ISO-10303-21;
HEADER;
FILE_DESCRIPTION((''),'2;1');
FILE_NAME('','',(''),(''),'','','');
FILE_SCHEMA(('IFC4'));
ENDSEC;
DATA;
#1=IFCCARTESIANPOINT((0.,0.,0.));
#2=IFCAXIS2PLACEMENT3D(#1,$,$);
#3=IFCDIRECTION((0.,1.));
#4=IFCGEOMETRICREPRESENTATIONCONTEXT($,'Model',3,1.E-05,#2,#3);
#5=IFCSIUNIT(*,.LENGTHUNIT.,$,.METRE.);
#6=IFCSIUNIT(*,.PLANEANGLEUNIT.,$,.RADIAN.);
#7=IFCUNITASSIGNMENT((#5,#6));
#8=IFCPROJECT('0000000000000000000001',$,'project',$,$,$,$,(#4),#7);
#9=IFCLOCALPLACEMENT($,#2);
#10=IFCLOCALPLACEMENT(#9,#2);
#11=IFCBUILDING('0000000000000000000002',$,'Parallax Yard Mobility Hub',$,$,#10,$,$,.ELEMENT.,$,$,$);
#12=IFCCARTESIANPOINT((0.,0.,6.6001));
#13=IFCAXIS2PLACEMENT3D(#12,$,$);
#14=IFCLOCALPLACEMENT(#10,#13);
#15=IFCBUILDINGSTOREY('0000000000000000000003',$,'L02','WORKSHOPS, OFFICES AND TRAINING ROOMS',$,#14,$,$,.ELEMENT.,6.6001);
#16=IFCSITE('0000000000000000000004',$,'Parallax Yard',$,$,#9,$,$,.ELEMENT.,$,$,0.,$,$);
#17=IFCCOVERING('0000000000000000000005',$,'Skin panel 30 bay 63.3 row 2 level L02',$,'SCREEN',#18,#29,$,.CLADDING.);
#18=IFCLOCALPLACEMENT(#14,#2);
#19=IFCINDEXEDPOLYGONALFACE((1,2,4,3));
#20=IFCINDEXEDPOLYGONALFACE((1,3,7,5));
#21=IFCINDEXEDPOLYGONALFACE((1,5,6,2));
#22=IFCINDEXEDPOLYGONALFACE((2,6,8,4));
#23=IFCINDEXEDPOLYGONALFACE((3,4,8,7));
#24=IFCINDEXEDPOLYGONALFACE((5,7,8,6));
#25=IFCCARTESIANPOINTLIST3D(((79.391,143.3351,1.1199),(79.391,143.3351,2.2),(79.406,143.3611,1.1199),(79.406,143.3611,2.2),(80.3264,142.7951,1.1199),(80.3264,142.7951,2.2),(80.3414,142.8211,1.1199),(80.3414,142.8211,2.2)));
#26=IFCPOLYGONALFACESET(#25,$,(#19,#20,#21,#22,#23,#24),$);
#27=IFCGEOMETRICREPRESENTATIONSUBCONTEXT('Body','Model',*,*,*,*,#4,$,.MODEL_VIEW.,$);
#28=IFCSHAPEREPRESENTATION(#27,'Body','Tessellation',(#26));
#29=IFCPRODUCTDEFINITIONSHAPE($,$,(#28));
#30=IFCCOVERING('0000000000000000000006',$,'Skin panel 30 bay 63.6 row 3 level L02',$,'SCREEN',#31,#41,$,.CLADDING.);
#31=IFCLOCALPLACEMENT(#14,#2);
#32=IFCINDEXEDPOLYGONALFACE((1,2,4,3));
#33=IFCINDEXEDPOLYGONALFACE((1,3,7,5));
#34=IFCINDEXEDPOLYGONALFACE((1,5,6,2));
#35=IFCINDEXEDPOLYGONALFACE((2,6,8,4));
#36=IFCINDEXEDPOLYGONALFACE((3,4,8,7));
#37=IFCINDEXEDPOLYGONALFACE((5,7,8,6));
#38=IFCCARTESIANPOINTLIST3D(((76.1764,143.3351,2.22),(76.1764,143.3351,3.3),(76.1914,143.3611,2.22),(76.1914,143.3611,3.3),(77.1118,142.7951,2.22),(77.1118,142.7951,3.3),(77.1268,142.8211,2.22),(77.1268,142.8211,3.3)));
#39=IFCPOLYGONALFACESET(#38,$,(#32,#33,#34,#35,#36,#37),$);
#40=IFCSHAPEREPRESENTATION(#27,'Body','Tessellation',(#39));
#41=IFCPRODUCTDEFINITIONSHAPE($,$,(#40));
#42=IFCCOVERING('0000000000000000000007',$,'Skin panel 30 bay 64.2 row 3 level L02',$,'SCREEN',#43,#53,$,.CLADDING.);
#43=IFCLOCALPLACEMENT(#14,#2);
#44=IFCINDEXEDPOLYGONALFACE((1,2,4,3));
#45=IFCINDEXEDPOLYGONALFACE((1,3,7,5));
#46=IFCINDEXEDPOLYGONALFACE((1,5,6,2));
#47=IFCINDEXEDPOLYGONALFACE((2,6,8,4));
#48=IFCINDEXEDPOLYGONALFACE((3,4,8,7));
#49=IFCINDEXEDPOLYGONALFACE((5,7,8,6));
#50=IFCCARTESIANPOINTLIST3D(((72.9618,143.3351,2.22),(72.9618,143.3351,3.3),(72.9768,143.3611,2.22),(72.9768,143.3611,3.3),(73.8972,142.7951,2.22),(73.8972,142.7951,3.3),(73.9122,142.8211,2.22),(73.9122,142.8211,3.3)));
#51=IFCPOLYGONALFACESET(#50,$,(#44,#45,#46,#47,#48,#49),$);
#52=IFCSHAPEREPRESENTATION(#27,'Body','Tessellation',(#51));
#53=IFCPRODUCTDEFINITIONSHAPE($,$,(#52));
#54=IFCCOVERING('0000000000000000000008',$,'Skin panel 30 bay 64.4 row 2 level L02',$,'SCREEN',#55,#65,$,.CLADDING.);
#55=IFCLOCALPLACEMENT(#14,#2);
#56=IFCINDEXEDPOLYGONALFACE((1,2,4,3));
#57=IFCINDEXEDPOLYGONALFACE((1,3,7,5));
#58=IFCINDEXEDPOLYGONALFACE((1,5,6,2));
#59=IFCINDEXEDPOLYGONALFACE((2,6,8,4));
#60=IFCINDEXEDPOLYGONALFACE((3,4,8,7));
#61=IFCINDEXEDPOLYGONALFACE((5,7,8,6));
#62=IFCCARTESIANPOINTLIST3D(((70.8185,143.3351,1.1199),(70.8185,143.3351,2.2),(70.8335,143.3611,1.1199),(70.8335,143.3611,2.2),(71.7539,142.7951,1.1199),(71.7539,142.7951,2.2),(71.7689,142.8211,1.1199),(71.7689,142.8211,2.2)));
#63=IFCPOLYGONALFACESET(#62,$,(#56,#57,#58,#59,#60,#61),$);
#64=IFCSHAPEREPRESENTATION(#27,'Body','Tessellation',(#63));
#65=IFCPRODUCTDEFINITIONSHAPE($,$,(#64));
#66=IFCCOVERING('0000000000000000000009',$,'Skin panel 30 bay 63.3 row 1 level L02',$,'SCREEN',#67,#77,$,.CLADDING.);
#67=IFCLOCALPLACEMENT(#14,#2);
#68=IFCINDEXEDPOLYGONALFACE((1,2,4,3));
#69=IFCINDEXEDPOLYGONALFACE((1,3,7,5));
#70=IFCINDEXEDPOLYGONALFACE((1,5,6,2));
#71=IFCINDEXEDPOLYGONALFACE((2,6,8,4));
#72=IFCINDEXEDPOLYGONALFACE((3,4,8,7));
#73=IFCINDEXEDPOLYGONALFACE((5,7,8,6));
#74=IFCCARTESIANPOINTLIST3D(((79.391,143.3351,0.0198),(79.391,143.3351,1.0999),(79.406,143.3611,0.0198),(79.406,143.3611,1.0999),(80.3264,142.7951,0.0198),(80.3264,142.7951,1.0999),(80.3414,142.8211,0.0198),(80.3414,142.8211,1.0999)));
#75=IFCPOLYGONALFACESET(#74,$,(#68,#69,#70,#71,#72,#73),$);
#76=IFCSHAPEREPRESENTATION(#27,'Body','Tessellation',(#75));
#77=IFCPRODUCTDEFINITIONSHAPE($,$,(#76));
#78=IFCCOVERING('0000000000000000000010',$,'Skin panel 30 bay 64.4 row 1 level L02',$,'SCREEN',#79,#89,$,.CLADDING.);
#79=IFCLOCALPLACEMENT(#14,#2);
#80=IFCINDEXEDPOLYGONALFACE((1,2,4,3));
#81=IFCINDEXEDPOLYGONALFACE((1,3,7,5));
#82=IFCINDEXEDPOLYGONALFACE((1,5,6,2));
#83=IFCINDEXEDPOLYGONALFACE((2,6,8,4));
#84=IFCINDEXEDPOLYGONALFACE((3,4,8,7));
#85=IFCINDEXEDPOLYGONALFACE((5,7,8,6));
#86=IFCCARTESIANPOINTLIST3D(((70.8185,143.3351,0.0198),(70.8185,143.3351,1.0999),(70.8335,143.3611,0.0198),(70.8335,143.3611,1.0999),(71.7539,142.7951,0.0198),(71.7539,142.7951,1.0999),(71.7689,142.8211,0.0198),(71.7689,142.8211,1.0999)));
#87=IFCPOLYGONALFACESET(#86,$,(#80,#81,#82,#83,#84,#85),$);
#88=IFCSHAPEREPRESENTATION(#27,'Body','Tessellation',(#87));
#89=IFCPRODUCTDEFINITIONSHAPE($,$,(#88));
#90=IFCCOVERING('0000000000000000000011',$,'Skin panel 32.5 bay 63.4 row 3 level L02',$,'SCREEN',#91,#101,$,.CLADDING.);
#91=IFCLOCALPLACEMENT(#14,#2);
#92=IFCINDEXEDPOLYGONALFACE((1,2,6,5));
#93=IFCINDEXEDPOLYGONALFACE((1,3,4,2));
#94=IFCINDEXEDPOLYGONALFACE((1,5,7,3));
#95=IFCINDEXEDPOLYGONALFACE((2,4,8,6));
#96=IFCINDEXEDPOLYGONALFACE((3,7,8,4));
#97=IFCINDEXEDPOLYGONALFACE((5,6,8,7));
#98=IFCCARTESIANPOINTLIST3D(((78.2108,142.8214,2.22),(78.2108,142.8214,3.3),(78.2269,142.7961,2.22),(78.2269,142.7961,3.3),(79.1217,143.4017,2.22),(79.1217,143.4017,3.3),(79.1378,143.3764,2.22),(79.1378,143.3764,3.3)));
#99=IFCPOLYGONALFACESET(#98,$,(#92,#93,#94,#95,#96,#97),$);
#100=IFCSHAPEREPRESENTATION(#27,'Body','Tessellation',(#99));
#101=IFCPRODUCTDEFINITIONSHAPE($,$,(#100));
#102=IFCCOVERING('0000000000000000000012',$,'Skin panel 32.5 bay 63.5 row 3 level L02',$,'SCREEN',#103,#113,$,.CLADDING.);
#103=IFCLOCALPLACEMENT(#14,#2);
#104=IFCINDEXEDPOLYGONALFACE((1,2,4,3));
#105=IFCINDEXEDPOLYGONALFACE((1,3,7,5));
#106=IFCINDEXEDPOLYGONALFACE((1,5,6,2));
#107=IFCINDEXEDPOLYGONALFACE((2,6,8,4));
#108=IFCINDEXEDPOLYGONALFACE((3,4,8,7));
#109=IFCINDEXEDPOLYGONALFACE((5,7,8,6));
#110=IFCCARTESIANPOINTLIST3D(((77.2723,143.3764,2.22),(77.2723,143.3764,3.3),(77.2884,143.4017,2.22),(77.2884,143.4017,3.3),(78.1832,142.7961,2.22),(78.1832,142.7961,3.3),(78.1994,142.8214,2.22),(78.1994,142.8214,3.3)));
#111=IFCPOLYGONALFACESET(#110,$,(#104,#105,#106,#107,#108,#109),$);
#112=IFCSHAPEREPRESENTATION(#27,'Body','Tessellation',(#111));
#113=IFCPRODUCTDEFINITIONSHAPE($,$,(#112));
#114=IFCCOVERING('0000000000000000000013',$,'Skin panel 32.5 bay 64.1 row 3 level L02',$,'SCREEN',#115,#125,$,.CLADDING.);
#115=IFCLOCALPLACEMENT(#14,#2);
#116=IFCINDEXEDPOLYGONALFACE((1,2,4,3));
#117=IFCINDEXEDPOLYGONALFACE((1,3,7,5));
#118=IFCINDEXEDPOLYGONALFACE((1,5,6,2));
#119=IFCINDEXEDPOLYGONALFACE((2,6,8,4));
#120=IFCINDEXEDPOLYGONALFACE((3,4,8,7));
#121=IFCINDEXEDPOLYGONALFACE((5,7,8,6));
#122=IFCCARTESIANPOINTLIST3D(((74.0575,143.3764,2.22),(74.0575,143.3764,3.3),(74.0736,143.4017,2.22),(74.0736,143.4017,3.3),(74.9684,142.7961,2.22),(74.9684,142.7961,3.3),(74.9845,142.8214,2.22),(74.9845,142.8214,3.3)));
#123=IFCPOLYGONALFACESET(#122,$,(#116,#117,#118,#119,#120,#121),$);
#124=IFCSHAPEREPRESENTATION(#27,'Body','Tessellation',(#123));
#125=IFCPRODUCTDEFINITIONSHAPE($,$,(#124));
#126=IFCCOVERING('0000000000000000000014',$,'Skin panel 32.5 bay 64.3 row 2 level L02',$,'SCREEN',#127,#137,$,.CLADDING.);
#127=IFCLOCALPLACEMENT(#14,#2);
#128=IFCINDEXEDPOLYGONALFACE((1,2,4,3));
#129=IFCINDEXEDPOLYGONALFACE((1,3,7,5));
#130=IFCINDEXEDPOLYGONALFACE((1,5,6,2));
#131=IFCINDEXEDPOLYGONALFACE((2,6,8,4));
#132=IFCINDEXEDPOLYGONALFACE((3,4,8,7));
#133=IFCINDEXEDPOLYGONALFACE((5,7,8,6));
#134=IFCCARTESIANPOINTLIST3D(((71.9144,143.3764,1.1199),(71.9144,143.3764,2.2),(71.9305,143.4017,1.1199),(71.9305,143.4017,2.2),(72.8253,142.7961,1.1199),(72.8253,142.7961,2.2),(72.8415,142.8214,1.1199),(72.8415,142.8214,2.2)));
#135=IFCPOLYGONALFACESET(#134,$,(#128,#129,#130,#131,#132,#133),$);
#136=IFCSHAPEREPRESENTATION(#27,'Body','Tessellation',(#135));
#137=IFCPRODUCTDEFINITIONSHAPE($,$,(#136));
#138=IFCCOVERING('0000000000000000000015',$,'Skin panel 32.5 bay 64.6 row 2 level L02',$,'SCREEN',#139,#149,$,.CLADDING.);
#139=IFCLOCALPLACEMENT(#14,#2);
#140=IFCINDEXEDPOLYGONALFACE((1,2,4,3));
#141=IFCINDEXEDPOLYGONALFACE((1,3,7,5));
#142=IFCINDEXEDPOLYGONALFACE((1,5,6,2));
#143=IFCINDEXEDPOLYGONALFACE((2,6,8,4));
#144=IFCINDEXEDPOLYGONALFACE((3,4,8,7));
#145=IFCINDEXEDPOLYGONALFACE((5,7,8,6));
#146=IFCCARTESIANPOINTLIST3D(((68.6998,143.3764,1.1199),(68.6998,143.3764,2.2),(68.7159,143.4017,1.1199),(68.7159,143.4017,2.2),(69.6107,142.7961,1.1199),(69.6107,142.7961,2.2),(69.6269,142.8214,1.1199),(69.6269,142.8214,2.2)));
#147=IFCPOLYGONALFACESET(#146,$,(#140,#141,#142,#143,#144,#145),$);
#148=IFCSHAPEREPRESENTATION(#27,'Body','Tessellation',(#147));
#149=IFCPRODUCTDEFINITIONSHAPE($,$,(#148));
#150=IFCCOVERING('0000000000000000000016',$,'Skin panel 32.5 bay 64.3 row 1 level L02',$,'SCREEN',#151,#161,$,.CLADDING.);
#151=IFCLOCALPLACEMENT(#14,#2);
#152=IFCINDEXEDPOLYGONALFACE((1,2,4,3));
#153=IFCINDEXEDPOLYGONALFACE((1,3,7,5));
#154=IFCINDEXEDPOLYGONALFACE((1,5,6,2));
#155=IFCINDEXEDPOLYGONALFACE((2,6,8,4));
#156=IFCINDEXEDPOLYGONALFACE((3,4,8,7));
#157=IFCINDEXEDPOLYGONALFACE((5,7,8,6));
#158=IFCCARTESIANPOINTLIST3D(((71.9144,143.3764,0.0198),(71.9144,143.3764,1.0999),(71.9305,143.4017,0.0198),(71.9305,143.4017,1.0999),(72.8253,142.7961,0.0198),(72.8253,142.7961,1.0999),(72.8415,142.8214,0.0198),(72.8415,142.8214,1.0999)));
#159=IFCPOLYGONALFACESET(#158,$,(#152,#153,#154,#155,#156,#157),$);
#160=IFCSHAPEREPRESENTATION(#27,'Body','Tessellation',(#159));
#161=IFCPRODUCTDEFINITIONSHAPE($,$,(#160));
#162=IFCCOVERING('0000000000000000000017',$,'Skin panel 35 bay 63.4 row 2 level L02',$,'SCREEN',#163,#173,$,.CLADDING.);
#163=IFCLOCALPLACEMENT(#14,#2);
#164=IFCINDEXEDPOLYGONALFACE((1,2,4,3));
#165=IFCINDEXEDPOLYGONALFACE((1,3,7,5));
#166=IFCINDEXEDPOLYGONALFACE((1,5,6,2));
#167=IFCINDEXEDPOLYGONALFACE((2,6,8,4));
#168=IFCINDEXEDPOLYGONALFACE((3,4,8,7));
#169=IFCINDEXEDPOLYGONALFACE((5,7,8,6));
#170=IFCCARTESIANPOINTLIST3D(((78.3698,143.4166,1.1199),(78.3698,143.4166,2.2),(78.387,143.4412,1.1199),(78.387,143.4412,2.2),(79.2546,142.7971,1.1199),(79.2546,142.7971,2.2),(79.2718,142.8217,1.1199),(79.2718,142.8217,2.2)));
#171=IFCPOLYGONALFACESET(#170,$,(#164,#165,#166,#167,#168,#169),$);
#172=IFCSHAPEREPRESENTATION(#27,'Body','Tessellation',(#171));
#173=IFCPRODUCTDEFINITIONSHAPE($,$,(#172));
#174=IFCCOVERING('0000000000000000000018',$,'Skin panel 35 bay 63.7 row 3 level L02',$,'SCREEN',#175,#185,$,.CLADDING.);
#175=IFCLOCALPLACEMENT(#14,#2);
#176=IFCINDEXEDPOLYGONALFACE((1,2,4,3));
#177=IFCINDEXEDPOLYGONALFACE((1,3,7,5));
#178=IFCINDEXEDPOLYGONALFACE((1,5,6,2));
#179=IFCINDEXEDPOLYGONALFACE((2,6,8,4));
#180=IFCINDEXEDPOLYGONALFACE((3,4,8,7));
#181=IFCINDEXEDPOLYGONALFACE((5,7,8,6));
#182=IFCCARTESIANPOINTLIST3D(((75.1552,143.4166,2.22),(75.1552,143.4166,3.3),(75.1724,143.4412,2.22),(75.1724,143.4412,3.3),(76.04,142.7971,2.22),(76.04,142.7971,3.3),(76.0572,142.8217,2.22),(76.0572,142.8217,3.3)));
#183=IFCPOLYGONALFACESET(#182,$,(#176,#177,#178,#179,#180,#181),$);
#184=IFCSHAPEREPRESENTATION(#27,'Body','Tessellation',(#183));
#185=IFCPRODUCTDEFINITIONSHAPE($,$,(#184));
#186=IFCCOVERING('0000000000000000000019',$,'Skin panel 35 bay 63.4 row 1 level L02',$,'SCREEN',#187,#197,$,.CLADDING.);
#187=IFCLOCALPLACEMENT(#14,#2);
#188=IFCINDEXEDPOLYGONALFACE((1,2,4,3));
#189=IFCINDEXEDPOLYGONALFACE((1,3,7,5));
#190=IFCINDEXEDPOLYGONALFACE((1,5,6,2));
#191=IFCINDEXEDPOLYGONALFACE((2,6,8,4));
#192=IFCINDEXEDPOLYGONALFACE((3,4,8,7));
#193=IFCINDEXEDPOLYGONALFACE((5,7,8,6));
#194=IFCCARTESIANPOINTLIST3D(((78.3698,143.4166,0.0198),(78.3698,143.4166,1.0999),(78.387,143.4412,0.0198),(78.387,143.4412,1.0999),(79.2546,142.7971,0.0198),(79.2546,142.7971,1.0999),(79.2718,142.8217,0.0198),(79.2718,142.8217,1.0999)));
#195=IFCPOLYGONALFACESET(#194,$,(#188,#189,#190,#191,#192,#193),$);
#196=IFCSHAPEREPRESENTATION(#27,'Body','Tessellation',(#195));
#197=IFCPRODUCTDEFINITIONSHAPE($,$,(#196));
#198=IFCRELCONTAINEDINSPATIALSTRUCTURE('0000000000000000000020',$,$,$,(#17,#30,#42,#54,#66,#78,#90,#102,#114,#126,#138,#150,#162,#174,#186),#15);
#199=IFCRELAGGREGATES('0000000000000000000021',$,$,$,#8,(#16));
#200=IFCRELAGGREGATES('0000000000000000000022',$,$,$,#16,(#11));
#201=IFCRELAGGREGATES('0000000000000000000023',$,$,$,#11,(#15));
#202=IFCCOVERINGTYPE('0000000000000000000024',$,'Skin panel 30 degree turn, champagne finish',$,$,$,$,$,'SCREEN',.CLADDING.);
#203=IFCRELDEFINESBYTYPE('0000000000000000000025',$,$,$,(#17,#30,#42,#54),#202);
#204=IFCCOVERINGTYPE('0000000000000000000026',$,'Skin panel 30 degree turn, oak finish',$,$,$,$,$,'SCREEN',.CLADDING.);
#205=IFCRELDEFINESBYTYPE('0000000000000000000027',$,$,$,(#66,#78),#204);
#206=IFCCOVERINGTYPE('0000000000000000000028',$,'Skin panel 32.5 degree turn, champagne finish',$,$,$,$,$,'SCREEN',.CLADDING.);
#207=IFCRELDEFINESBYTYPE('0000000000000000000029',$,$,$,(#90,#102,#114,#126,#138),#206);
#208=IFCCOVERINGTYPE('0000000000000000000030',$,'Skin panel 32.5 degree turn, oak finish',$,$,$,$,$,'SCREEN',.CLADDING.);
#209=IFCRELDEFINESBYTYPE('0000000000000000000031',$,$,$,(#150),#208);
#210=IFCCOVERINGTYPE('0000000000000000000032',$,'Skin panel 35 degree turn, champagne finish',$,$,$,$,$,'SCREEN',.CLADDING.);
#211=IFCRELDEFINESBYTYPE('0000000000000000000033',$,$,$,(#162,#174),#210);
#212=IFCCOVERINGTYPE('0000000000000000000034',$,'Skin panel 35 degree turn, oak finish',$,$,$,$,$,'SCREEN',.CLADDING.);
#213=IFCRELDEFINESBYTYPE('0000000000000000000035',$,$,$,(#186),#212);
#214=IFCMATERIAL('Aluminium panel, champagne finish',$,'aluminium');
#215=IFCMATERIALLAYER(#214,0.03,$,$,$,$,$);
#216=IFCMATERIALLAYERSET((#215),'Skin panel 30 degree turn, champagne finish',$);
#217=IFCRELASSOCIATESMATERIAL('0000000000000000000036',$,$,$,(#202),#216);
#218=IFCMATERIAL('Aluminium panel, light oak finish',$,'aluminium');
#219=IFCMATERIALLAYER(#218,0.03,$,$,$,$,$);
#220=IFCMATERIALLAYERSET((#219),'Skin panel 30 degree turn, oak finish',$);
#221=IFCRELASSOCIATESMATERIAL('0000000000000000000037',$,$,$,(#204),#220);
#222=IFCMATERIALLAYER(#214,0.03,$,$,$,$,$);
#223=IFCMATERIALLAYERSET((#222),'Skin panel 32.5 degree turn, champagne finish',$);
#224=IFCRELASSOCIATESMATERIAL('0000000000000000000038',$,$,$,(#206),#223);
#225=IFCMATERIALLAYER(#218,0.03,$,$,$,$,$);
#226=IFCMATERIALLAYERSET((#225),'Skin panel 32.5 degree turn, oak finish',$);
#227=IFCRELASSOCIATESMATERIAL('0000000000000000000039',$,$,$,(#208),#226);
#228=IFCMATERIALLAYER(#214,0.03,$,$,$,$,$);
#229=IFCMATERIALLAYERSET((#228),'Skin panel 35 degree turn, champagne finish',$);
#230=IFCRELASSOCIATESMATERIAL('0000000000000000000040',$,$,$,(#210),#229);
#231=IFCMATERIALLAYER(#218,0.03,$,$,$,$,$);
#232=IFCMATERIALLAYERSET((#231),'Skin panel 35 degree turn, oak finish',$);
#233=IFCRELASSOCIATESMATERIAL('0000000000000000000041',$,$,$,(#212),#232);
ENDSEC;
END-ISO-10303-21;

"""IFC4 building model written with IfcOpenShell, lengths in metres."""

from ifc_helpers import new_model, si_unit, direction, frame, origin, origin_2d, place, context, subcontext, project, spatial, rectangle, extrude, material, layer, layer_set, type_object, element, save


model = new_model("IFC4")

# Units and contexts
model_context = context("Model", 3, precision=1e-05, world=origin(), true_north=direction((0.0, 1.0)))
body_context = subcontext(model_context, "Body", "Model", "MODEL_VIEW")
ifc_project = project(units=[si_unit("LENGTHUNIT", "METRE"), si_unit("PLANEANGLEUNIT", "RADIAN")], contexts=[model_context])

# Site, building, storey
site_placement = place(None, origin())
site = spatial("IfcSite", under=ifc_project, at=site_placement, Name="Parallax Yard", CompositionType="ELEMENT", RefElevation=0.0)
building_placement = place(site_placement, origin())
building = spatial("IfcBuilding", under=site, at=building_placement, Name="Parallax Yard Mobility Hub", CompositionType="ELEMENT")
storey_placement = place(building_placement, frame((0.0, 0.0, 6.6001)))
storey = spatial("IfcBuildingStorey", under=building, at=storey_placement, Name="L02", Description="WORKSHOPS, OFFICES AND TRAINING ROOMS", CompositionType="ELEMENT", Elevation=6.6001)

# Coverings
ifc_material_1 = material(Name="Aluminium panel, champagne finish", Category="aluminium")
ifc_material_2 = material(Name="Aluminium panel, light oak finish", Category="aluminium")
ifc_layer_1 = layer(ifc_material_1, 0.03)
ifc_layer_set_1 = layer_set([ifc_layer_1], Name="Skin panel 30 degree turn, champagne finish")
covering_type_1 = type_object("IfcCoveringType", Name="Skin panel 30 degree turn, champagne finish", ElementType="SCREEN", PredefinedType="CLADDING", material=ifc_layer_set_1)
for number, where, z_axis, x_axis, name in (
    (1, (79.8662, 143.0781, 1.1199), (0.0, 0.0, 1.0), (-0.866025, 0.5, 0.0), "Skin panel 30 bay 63.3 row 2 level L02"),
    (2, (76.6516, 143.0781, 2.22), (0.0, 0.0, 1.0), (-0.866025, 0.5, 0.0), "Skin panel 30 bay 63.6 row 3 level L02"),
    (3, (73.437, 143.0781, 2.22), (0.0, 0.0, 1.0), (-0.866025, 0.5, 0.0), "Skin panel 30 bay 64.2 row 3 level L02"),
    (4, (71.2937, 143.0781, 1.1199), (0.0, 0.0, 1.0), (-0.866025, 0.5, 0.0), "Skin panel 30 bay 64.4 row 2 level L02"),
):
    element("IfcCovering", number, at=place(storey_placement, frame(where, z_axis=z_axis, x_axis=x_axis)), inside=storey, type_object=covering_type_1, Name=name, ObjectType="SCREEN", PredefinedType="CLADDING", context=body_context, shape_type="SweptSolid", body=[
        extrude(rectangle(XDim=1.0801, YDim=0.03, at=origin_2d()), origin(), (0.0, 0.0, 1.0), 1.0801),
    ])
ifc_layer_2 = layer(ifc_material_2, 0.03)
ifc_layer_set_2 = layer_set([ifc_layer_2], Name="Skin panel 30 degree turn, oak finish")
covering_type_2 = type_object("IfcCoveringType", Name="Skin panel 30 degree turn, oak finish", ElementType="SCREEN", PredefinedType="CLADDING", material=ifc_layer_set_2)
for number, where, z_axis, x_axis, name in (
    (5, (79.8662, 143.0781, 0.0198), (0.0, 0.0, 1.0), (-0.866025, 0.5, 0.0), "Skin panel 30 bay 63.3 row 1 level L02"),
    (6, (71.2937, 143.0781, 0.0198), (0.0, 0.0, 1.0), (-0.866025, 0.5, 0.0), "Skin panel 30 bay 64.4 row 1 level L02"),
):
    element("IfcCovering", number, at=place(storey_placement, frame(where, z_axis=z_axis, x_axis=x_axis)), inside=storey, type_object=covering_type_2, Name=name, ObjectType="SCREEN", PredefinedType="CLADDING", context=body_context, shape_type="SweptSolid", body=[
        extrude(rectangle(XDim=1.0801, YDim=0.03, at=origin_2d()), origin(), (0.0, 0.0, 1.0), 1.0801),
    ])
ifc_layer_3 = layer(ifc_material_1, 0.03)
ifc_layer_set_3 = layer_set([ifc_layer_3], Name="Skin panel 32.5 degree turn, champagne finish")
covering_type_3 = type_object("IfcCoveringType", Name="Skin panel 32.5 degree turn, champagne finish", ElementType="SCREEN", PredefinedType="CLADDING", material=ifc_layer_set_3)
for number, where, z_axis, x_axis, name in (
    (7, (78.6743, 143.0989, 2.22), (0.0, 0.0, 1.0), (0.843391, 0.5373, 0.0), "Skin panel 32.5 bay 63.4 row 3 level L02"),
    (8, (77.7358, 143.0989, 2.22), (0.0, 0.0, 1.0), (-0.843391, 0.5373, 0.0), "Skin panel 32.5 bay 63.5 row 3 level L02"),
    (9, (74.521, 143.0989, 2.22), (0.0, 0.0, 1.0), (-0.843391, 0.5373, 0.0), "Skin panel 32.5 bay 64.1 row 3 level L02"),
    (10, (72.3779, 143.0989, 1.1199), (0.0, 0.0, 1.0), (-0.843391, 0.5373, 0.0), "Skin panel 32.5 bay 64.3 row 2 level L02"),
    (11, (69.1633, 143.0989, 1.1199), (0.0, 0.0, 1.0), (-0.843391, 0.5373, 0.0), "Skin panel 32.5 bay 64.6 row 2 level L02"),
):
    element("IfcCovering", number, at=place(storey_placement, frame(where, z_axis=z_axis, x_axis=x_axis)), inside=storey, type_object=covering_type_3, Name=name, ObjectType="SCREEN", PredefinedType="CLADDING", context=body_context, shape_type="SweptSolid", body=[
        extrude(rectangle(XDim=1.0801, YDim=0.03, at=origin_2d()), origin(), (0.0, 0.0, 1.0), 1.0801),
    ])
ifc_layer_4 = layer(ifc_material_2, 0.03)
ifc_layer_set_4 = layer_set([ifc_layer_4], Name="Skin panel 32.5 degree turn, oak finish")
covering_type_4 = type_object("IfcCoveringType", Name="Skin panel 32.5 degree turn, oak finish", ElementType="SCREEN", PredefinedType="CLADDING", material=ifc_layer_set_4)
covering_1_placement = place(storey_placement, frame((72.3779, 143.0989, 0.0198), z_axis=(0.0, 0.0, 1.0), x_axis=(-0.843391, 0.5373, 0.0)))
element("IfcCovering", 12, at=covering_1_placement, inside=storey, type_object=covering_type_4, Name="Skin panel 32.5 bay 64.3 row 1 level L02", ObjectType="SCREEN", PredefinedType="CLADDING", context=body_context, shape_type="SweptSolid", body=[
    extrude(rectangle(XDim=1.0801, YDim=0.03, at=origin_2d()), origin(), (0.0, 0.0, 1.0), 1.0801),
])
ifc_layer_5 = layer(ifc_material_1, 0.03)
ifc_layer_set_5 = layer_set([ifc_layer_5], Name="Skin panel 35 degree turn, champagne finish")
covering_type_5 = type_object("IfcCoveringType", Name="Skin panel 35 degree turn, champagne finish", ElementType="SCREEN", PredefinedType="CLADDING", material=ifc_layer_set_5)
for number, where, z_axis, x_axis, name in (
    (13, (78.8208, 143.1191, 1.1199), (0.0, 0.0, 1.0), (-0.819152, 0.573576, 0.0), "Skin panel 35 bay 63.4 row 2 level L02"),
    (14, (75.6062, 143.1191, 2.22), (0.0, 0.0, 1.0), (-0.819152, 0.573576, 0.0), "Skin panel 35 bay 63.7 row 3 level L02"),
):
    element("IfcCovering", number, at=place(storey_placement, frame(where, z_axis=z_axis, x_axis=x_axis)), inside=storey, type_object=covering_type_5, Name=name, ObjectType="SCREEN", PredefinedType="CLADDING", context=body_context, shape_type="SweptSolid", body=[
        extrude(rectangle(XDim=1.0801, YDim=0.03, at=origin_2d()), origin(), (0.0, 0.0, 1.0), 1.0801),
    ])
ifc_layer_6 = layer(ifc_material_2, 0.03)
ifc_layer_set_6 = layer_set([ifc_layer_6], Name="Skin panel 35 degree turn, oak finish")
covering_type_6 = type_object("IfcCoveringType", Name="Skin panel 35 degree turn, oak finish", ElementType="SCREEN", PredefinedType="CLADDING", material=ifc_layer_set_6)
covering_2_placement = place(storey_placement, frame((78.8208, 143.1191, 0.0198), z_axis=(0.0, 0.0, 1.0), x_axis=(-0.819152, 0.573576, 0.0)))
element("IfcCovering", 15, at=covering_2_placement, inside=storey, type_object=covering_type_6, Name="Skin panel 35 bay 63.4 row 1 level L02", ObjectType="SCREEN", PredefinedType="CLADDING", context=body_context, shape_type="SweptSolid", body=[
    extrude(rectangle(XDim=1.0801, YDim=0.03, at=origin_2d()), origin(), (0.0, 0.0, 1.0), 1.0801),
])

save(model, "model.ifc")
